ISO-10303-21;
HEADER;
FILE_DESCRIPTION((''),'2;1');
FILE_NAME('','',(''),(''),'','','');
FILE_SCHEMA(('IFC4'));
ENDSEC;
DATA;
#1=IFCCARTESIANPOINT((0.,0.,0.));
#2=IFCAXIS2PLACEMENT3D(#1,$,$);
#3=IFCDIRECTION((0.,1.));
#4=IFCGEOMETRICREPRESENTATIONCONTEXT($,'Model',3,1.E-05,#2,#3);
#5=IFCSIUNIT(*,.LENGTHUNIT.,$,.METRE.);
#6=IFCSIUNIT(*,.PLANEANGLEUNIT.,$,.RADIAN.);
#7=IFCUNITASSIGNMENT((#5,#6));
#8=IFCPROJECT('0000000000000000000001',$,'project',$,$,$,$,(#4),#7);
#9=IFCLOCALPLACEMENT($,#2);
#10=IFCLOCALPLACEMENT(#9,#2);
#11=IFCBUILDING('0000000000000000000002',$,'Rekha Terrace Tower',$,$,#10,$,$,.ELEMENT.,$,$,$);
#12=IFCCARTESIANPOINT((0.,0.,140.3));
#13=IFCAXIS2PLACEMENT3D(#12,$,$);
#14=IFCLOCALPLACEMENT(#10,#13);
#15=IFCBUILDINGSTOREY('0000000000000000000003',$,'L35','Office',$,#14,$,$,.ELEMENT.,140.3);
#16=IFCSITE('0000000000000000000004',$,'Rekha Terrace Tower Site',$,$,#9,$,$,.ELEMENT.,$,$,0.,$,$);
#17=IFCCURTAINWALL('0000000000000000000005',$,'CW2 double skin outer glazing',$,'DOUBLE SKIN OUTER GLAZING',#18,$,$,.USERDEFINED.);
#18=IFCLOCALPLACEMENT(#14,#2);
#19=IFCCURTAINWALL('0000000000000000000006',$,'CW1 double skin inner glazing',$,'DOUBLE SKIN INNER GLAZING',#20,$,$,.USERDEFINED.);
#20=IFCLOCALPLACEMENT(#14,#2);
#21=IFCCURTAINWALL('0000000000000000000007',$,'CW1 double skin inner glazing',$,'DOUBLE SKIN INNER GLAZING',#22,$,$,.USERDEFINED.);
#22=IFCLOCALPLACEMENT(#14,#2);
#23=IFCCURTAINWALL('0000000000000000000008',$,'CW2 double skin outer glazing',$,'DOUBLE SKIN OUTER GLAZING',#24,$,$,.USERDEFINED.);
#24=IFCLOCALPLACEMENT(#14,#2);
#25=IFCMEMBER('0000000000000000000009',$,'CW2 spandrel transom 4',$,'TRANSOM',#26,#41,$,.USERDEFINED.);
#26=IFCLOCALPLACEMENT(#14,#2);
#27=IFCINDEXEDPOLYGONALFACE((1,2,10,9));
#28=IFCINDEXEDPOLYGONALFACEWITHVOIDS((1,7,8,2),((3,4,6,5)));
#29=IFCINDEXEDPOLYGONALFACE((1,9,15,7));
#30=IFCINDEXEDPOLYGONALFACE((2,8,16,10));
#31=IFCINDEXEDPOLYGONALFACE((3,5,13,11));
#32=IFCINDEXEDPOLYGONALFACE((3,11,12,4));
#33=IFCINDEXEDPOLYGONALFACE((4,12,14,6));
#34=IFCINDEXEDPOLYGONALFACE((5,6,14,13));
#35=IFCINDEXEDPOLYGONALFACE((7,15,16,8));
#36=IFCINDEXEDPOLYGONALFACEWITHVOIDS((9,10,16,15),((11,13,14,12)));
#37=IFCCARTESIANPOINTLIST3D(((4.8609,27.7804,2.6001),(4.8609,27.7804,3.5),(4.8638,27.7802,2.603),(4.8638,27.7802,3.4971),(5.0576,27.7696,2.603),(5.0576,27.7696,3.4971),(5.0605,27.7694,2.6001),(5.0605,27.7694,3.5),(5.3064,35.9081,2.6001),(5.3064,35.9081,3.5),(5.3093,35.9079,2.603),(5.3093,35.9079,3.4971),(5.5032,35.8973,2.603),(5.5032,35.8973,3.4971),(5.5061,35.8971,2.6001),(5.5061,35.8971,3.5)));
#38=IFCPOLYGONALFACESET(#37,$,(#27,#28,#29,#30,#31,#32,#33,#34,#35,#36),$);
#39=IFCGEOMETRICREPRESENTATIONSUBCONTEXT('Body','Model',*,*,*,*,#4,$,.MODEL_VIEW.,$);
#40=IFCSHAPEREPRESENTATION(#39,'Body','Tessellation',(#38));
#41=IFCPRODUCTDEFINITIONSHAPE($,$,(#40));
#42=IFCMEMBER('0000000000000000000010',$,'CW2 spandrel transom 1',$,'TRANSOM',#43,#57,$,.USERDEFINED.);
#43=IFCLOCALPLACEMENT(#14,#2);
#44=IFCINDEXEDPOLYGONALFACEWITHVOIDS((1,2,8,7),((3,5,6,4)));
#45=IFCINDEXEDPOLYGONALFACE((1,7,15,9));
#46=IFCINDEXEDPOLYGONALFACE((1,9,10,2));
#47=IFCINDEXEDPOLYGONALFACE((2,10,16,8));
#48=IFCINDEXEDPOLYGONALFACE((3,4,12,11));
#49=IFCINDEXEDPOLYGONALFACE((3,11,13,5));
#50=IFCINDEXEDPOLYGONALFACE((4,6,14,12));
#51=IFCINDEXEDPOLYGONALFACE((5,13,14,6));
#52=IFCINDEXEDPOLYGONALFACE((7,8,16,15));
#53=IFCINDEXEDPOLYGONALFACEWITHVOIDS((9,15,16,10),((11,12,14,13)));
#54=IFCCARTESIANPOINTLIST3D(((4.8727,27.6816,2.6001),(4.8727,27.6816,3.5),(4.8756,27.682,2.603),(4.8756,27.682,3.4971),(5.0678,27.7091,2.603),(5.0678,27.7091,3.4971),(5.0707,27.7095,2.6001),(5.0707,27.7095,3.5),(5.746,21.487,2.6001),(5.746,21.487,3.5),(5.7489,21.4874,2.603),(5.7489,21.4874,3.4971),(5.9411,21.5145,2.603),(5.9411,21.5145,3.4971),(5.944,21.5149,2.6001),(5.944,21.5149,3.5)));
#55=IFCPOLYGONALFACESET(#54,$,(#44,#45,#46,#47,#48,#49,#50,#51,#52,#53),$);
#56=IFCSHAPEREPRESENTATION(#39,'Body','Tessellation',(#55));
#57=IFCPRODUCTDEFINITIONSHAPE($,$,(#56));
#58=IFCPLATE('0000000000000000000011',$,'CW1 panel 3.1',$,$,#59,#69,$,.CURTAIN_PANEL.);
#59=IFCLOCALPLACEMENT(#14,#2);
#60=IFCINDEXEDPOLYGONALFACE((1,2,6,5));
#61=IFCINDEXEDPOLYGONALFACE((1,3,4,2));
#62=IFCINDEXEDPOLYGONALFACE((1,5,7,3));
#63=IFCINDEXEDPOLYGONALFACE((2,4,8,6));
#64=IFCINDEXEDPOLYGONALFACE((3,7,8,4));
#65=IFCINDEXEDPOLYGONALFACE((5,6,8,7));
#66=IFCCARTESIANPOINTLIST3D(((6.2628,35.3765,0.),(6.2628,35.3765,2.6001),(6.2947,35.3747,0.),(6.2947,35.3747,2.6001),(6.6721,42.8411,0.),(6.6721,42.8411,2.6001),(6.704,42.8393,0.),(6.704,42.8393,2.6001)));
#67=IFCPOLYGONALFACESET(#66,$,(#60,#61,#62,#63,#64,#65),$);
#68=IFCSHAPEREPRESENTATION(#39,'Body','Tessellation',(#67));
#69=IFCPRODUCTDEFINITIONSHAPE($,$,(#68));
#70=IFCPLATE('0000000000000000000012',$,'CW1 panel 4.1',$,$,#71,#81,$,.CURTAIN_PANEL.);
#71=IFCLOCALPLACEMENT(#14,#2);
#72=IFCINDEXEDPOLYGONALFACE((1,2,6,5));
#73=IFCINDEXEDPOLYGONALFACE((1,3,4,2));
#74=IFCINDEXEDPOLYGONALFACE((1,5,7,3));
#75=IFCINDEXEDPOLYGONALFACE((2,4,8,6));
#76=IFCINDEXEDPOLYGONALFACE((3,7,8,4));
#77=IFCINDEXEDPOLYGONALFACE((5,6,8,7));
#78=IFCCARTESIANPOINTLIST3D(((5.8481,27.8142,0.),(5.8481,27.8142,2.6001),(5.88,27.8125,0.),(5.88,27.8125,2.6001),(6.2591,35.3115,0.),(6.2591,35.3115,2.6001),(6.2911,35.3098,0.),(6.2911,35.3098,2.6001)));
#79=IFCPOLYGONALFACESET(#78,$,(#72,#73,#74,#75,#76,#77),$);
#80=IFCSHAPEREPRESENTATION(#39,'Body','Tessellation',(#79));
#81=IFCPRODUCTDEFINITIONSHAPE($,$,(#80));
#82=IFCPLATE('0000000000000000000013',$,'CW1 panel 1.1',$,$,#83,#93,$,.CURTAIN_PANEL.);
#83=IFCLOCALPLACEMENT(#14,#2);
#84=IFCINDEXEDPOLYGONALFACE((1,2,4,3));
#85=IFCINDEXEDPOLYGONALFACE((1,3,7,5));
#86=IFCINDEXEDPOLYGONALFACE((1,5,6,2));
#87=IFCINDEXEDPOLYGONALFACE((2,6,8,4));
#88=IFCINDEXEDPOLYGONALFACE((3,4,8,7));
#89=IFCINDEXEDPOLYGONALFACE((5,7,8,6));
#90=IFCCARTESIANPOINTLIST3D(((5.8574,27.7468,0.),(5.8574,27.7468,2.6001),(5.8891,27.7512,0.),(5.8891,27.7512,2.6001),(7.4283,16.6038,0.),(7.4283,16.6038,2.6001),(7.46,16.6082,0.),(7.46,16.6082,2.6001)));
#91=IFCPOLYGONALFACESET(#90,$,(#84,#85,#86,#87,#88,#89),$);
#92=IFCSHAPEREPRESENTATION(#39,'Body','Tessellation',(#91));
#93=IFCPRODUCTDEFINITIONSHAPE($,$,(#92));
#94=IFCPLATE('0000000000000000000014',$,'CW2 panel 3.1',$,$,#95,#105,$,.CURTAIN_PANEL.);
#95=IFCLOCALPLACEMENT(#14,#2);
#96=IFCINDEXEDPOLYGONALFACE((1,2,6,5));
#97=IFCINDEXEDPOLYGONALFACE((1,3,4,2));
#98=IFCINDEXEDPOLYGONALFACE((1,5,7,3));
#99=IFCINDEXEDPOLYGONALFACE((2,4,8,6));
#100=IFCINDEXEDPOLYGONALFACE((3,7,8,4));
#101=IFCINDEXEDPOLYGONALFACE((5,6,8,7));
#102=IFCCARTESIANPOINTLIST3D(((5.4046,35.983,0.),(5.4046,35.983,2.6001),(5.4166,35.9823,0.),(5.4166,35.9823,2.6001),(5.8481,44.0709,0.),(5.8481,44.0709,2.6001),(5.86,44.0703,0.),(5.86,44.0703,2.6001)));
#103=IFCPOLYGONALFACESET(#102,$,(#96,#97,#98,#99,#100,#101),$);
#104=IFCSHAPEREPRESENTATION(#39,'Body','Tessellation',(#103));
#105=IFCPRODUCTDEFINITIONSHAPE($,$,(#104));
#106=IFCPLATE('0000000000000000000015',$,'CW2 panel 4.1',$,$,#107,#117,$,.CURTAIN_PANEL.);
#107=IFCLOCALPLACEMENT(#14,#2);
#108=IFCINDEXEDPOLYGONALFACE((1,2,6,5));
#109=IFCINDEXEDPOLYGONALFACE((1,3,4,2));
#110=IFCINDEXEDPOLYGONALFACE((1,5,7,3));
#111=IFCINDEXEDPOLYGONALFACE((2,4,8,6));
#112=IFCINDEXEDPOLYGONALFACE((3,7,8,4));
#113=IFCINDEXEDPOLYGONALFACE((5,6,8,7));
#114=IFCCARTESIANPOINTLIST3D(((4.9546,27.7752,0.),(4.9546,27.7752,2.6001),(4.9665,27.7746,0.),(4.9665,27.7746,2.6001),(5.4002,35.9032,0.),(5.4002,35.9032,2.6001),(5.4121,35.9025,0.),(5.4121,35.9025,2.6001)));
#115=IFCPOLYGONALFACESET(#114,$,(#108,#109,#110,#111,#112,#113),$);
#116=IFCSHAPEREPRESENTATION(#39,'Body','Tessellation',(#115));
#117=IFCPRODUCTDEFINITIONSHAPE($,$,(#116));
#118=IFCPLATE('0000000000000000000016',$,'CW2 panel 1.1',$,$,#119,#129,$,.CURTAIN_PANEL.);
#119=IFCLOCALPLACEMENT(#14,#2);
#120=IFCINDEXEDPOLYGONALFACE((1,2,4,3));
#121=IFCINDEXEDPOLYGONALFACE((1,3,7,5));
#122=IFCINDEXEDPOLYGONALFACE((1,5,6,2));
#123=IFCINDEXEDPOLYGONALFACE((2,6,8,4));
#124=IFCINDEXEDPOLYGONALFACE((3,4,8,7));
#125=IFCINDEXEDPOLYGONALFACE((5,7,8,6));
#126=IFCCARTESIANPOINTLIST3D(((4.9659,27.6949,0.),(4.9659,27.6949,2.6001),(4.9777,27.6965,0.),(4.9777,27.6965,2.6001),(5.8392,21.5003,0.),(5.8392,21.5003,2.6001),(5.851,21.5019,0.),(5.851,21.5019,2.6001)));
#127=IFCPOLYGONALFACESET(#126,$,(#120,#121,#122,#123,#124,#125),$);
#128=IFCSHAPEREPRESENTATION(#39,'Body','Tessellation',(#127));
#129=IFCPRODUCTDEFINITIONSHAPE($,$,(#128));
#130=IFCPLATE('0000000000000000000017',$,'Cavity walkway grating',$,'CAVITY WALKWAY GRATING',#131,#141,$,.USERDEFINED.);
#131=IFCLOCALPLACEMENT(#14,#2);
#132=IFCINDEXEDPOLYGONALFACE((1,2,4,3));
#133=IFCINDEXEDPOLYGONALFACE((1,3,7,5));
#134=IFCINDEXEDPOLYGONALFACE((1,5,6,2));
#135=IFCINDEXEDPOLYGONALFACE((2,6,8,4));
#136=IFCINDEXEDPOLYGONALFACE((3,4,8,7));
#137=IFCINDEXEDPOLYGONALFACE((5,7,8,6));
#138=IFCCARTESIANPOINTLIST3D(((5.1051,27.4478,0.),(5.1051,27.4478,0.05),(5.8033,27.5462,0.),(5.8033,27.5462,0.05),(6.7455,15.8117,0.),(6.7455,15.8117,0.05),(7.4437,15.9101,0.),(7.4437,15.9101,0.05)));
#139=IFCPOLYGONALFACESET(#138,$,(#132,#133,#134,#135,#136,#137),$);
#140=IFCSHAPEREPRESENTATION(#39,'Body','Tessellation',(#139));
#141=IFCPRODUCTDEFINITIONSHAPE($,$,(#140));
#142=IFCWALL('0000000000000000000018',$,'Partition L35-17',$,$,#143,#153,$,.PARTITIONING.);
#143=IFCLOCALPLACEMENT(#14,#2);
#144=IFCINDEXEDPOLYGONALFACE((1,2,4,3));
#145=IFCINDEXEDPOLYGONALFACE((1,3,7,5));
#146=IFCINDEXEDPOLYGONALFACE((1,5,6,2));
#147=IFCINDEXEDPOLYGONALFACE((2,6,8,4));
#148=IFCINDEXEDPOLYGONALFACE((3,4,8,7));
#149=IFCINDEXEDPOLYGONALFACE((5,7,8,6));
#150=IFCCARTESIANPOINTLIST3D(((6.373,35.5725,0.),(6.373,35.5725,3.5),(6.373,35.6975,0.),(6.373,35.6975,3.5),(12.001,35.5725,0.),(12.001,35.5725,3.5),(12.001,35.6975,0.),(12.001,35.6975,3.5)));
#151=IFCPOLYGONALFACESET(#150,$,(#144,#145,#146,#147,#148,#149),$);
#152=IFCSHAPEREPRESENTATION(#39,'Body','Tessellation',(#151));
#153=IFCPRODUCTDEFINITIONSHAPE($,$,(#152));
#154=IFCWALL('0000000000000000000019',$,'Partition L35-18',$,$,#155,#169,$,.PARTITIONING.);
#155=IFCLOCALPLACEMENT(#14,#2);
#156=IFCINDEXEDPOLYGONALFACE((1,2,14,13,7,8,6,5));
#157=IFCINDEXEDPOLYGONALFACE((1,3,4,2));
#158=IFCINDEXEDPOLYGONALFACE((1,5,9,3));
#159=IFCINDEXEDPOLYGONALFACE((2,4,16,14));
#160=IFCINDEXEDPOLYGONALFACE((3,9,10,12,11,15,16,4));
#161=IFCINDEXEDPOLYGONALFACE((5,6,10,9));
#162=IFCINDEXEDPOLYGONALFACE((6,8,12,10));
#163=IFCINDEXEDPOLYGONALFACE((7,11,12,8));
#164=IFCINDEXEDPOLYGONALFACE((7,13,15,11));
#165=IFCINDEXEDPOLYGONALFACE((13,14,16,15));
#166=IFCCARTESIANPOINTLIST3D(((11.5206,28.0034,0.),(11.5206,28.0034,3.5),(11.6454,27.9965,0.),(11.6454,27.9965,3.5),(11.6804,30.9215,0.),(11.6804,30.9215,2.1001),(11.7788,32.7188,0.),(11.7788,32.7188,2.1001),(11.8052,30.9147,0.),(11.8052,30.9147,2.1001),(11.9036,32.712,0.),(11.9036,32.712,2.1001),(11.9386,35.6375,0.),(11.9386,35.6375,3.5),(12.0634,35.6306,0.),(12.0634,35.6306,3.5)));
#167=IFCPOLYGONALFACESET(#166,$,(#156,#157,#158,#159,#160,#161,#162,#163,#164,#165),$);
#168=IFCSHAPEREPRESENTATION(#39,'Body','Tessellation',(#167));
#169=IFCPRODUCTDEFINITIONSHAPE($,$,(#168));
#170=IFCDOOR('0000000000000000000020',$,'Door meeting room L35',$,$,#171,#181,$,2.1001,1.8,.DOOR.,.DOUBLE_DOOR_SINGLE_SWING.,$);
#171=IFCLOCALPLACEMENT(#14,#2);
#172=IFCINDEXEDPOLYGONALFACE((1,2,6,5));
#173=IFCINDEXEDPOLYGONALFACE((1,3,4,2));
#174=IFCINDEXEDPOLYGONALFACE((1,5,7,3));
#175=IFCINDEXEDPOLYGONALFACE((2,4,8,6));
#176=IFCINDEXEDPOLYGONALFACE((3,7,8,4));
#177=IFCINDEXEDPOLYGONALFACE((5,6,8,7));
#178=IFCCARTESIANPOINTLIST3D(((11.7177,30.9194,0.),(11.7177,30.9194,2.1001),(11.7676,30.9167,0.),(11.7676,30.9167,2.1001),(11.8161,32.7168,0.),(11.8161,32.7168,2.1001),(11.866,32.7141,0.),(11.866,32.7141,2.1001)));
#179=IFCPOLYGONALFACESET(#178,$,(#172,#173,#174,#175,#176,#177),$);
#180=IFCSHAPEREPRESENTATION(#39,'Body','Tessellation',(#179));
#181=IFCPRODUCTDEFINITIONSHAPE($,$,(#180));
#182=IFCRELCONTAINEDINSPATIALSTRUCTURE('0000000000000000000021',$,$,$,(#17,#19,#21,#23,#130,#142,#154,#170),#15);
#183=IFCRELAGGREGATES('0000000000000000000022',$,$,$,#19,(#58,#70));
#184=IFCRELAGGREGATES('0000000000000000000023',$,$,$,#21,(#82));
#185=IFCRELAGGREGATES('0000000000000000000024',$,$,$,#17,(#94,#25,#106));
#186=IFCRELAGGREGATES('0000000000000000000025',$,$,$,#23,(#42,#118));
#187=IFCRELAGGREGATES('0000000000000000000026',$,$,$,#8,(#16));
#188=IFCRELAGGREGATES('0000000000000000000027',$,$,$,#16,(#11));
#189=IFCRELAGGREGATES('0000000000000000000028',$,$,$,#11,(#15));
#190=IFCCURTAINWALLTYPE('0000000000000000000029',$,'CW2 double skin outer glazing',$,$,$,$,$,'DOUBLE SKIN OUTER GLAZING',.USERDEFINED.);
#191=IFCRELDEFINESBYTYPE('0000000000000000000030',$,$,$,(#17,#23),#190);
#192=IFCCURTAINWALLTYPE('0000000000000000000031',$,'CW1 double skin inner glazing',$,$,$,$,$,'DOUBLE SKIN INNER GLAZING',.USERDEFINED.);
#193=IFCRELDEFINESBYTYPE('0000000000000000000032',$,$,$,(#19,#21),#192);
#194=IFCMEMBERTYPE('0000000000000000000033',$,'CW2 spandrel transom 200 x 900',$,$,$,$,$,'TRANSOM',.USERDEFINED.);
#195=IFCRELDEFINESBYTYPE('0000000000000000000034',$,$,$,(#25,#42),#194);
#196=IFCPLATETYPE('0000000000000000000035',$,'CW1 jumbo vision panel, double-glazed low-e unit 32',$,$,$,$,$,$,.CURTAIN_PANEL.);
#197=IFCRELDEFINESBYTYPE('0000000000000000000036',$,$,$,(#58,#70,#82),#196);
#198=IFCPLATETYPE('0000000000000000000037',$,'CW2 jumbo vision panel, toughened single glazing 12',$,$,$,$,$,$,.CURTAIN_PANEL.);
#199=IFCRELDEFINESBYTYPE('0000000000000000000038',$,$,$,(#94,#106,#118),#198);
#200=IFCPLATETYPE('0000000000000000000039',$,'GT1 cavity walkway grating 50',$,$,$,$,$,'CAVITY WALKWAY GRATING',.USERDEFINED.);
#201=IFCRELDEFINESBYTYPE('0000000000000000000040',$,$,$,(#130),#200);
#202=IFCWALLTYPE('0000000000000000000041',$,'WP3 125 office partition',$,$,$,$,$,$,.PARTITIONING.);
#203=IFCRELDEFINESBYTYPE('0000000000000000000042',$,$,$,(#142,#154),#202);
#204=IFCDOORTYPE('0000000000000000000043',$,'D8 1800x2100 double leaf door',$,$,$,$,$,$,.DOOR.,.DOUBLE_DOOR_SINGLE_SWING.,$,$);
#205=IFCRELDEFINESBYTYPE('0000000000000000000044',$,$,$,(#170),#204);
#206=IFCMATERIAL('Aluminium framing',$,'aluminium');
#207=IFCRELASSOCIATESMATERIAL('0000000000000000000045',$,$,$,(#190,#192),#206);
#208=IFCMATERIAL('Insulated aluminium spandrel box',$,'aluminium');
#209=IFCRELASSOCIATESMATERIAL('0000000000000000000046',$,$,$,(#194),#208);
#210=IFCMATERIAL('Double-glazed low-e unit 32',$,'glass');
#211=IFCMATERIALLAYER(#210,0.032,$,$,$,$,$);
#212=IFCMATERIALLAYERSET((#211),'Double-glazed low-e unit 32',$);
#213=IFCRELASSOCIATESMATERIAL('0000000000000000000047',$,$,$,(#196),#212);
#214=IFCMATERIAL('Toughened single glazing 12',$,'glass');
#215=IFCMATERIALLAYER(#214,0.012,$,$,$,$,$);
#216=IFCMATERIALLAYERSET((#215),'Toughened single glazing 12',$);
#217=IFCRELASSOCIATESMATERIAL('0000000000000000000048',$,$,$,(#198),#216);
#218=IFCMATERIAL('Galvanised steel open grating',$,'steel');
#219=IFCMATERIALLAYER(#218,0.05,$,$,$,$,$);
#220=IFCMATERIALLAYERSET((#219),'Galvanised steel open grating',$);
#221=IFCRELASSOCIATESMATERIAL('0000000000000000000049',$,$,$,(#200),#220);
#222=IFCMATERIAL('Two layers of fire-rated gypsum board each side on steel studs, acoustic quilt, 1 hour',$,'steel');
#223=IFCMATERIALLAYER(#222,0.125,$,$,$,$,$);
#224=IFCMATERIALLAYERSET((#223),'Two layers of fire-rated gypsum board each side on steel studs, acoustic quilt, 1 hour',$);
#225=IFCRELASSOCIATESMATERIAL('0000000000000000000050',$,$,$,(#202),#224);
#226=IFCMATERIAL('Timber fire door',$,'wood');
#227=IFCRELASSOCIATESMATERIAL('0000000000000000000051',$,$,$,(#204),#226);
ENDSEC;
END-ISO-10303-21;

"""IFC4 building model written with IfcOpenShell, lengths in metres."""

from ifc_helpers import new_model, si_unit, direction, frame, frame_2d, origin, origin_2d, place, context, subcontext, project, spatial, rectangle, hollow_rectangle, extrude, material, layer, layer_set, material_profile, profile_set, type_object, element, fill, aggregate, save


model = new_model("IFC4")

# Units and contexts
model_context = context("Model", 3, precision=1e-05, world=origin(), true_north=direction((0.0, 1.0)))
body_context = subcontext(model_context, "Body", "Model", "MODEL_VIEW")
ifc_project = project(units=[si_unit("LENGTHUNIT", "METRE"), si_unit("PLANEANGLEUNIT", "RADIAN")], contexts=[model_context])

# Site, building, storey
site_placement = place(None, origin())
site = spatial("IfcSite", under=ifc_project, at=site_placement, Name="Rekha Terrace Tower Site", CompositionType="ELEMENT", RefElevation=0.0)
building_placement = place(site_placement, origin())
building = spatial("IfcBuilding", under=site, at=building_placement, Name="Rekha Terrace Tower", CompositionType="ELEMENT")
storey_placement = place(building_placement, frame((0.0, 0.0, 140.3)))
storey = spatial("IfcBuildingStorey", under=building, at=storey_placement, Name="L35", Description="Office", CompositionType="ELEMENT", Elevation=140.3)

# Curtain walls
ifc_material_1 = material(Name="Aluminium framing", Category="aluminium")
curtain_wall_type_1 = type_object("IfcCurtainWallType", Name="CW2 double skin outer glazing", ElementType="DOUBLE SKIN OUTER GLAZING", PredefinedType="USERDEFINED", material=ifc_material_1)
curtain_wall_1_placement = place(storey_placement, origin())
curtain_wall_1 = element("IfcCurtainWall", 1, at=curtain_wall_1_placement, inside=storey, type_object=curtain_wall_type_1, Name="CW2 double skin outer glazing", ObjectType="DOUBLE SKIN OUTER GLAZING", PredefinedType="USERDEFINED")
curtain_wall_type_2 = type_object("IfcCurtainWallType", Name="CW1 double skin inner glazing", ElementType="DOUBLE SKIN INNER GLAZING", PredefinedType="USERDEFINED", material=ifc_material_1)
curtain_wall_2_placement = place(storey_placement, origin())
curtain_wall_2 = element("IfcCurtainWall", 2, at=curtain_wall_2_placement, inside=storey, type_object=curtain_wall_type_2, Name="CW1 double skin inner glazing", ObjectType="DOUBLE SKIN INNER GLAZING", PredefinedType="USERDEFINED")
curtain_wall_3_placement = place(storey_placement, origin())
curtain_wall_3 = element("IfcCurtainWall", 3, at=curtain_wall_3_placement, inside=storey, type_object=curtain_wall_type_2, Name="CW1 double skin inner glazing", ObjectType="DOUBLE SKIN INNER GLAZING", PredefinedType="USERDEFINED")

# Shared definitions
ifc_material_2 = material(Name="Insulated aluminium spandrel box", Category="aluminium")

# Curtain wall
curtain_wall_4_placement = place(storey_placement, origin())
curtain_wall_4 = element("IfcCurtainWall", 4, at=curtain_wall_4_placement, inside=storey, type_object=curtain_wall_type_1, Name="CW2 double skin outer glazing", ObjectType="DOUBLE SKIN OUTER GLAZING", PredefinedType="USERDEFINED")

# Members
ifc_material_profile_1 = material_profile(ifc_material_2, hollow_rectangle(XDim=0.2, YDim=0.8999, WallThickness=0.0029, at=origin_2d()), Name="AL SPANDREL BOX 200x900")
ifc_profile_set_1 = profile_set([ifc_material_profile_1], Name="Insulated aluminium spandrel box")
member_type_1 = type_object("IfcMemberType", Name="CW2 spandrel transom 200 x 900", ElementType="TRANSOM", PredefinedType="USERDEFINED", material=ifc_profile_set_1)
member_1_placement = place(storey_placement, frame((5.4062, 35.9026, 3.05), z_axis=(-0.054737, -0.998501, 0.0), x_axis=(0.998501, -0.054737, 0.0)))
member_1 = element("IfcMember", 5, at=member_1_placement, type_object=member_type_1, Name="CW2 spandrel transom 4", ObjectType="TRANSOM", PredefinedType="USERDEFINED", context=body_context, shape_type="SweptSolid", body=[
    extrude(hollow_rectangle(XDim=0.2, YDim=0.8999, WallThickness=0.0029, at=origin_2d()), origin(), (0.0, 0.0, 1.0), 8.1399),
])
member_2_placement = place(storey_placement, frame((4.9717, 27.6956, 3.05), z_axis=(0.139596, -0.990209, 0.0), x_axis=(0.990209, 0.139596, 0.0)))
member_2 = element("IfcMember", 6, at=member_2_placement, type_object=member_type_1, Name="CW2 spandrel transom 1", ObjectType="TRANSOM", PredefinedType="USERDEFINED", context=body_context, shape_type="SweptSolid", body=[
    extrude(hollow_rectangle(XDim=0.2, YDim=0.8999, WallThickness=0.0029, at=origin_2d()), origin(), (0.0, 0.0, 1.0), 6.2559),
])

# Plates
ifc_material_3 = material(Name="Double-glazed low-e unit 32", Category="glass")
ifc_layer_1 = layer(ifc_material_3, 0.032)
ifc_layer_set_1 = layer_set([ifc_layer_1], Name="Double-glazed low-e unit 32")
plate_type_1 = type_object("IfcPlateType", Name="CW1 jumbo vision panel, double-glazed low-e unit 32", PredefinedType="CURTAIN_PANEL", material=ifc_layer_set_1)
plate_1_placement = place(storey_placement, frame((6.4834, 39.1079, 0.0), z_axis=(0.0, 0.0, 1.0), x_axis=(-0.054742, -0.998501, 0.0)))
plate_1 = element("IfcPlate", 7, at=plate_1_placement, type_object=plate_type_1, Name="CW1 panel 3.1", PredefinedType="CURTAIN_PANEL", context=body_context, shape_type="SweptSolid", body=[
    extrude(rectangle(XDim=7.4758, YDim=0.032, at=origin_2d()), origin(), (0.0, 0.0, 1.0), 2.6001),
])
plate_2_placement = place(storey_placement, frame((6.0696, 31.562, 0.0), z_axis=(0.0, 0.0, 1.0), x_axis=(-0.054742, -0.998501, 0.0)))
plate_2 = element("IfcPlate", 8, at=plate_2_placement, type_object=plate_type_1, Name="CW1 panel 4.1", PredefinedType="CURTAIN_PANEL", context=body_context, shape_type="SweptSolid", body=[
    extrude(rectangle(XDim=7.5085, YDim=0.032, at=origin_2d()), origin(), (0.0, 0.0, 1.0), 2.6001),
])
aggregate(curtain_wall_2, [plate_1, plate_2])
plate_3_placement = place(storey_placement, frame((6.6587, 22.1775, 0.0), z_axis=(0.0, 0.0, 1.0), x_axis=(0.139597, -0.990208, 0.0)))
plate_3 = element("IfcPlate", 9, at=plate_3_placement, type_object=plate_type_1, Name="CW1 panel 1.1", PredefinedType="CURTAIN_PANEL", context=body_context, shape_type="SweptSolid", body=[
    extrude(rectangle(XDim=11.2532, YDim=0.032, at=origin_2d()), origin(), (0.0, 0.0, 1.0), 2.6001),
])
aggregate(curtain_wall_3, [plate_3])
ifc_material_4 = material(Name="Toughened single glazing 12", Category="glass")
ifc_layer_2 = layer(ifc_material_4, 0.012)
ifc_layer_set_2 = layer_set([ifc_layer_2], Name="Toughened single glazing 12")
plate_type_2 = type_object("IfcPlateType", Name="CW2 jumbo vision panel, toughened single glazing 12", PredefinedType="CURTAIN_PANEL", material=ifc_layer_set_2)
plate_4_placement = place(storey_placement, frame((5.6323, 40.0266, 0.0), z_axis=(0.0, 0.0, 1.0), x_axis=(-0.054742, -0.998501, 0.0)))
plate_4 = element("IfcPlate", 10, at=plate_4_placement, type_object=plate_type_2, Name="CW2 panel 3.1", PredefinedType="CURTAIN_PANEL", context=body_context, shape_type="SweptSolid", body=[
    extrude(rectangle(XDim=8.1001, YDim=0.012, at=origin_2d()), origin(), (0.0, 0.0, 1.0), 2.6001),
])
plate_5_placement = place(storey_placement, frame((5.1833, 31.8389, 0.0), z_axis=(0.0, 0.0, 1.0), x_axis=(-0.054742, -0.998501, 0.0)))
plate_5 = element("IfcPlate", 11, at=plate_5_placement, type_object=plate_type_2, Name="CW2 panel 4.1", PredefinedType="CURTAIN_PANEL", context=body_context, shape_type="SweptSolid", body=[
    extrude(rectangle(XDim=8.1401, YDim=0.012, at=origin_2d()), origin(), (0.0, 0.0, 1.0), 2.6001),
])
aggregate(curtain_wall_1, [plate_4, member_1, plate_5])
plate_6_placement = place(storey_placement, frame((5.4084, 24.5984, 0.0), z_axis=(0.0, 0.0, 1.0), x_axis=(0.139597, -0.990208, 0.0)))
plate_6 = element("IfcPlate", 12, at=plate_6_placement, type_object=plate_type_2, Name="CW2 panel 1.1", PredefinedType="CURTAIN_PANEL", context=body_context, shape_type="SweptSolid", body=[
    extrude(rectangle(XDim=6.2559, YDim=0.012, at=origin_2d()), origin(), (0.0, 0.0, 1.0), 2.6001),
])
aggregate(curtain_wall_4, [member_2, plate_6])
ifc_material_5 = material(Name="Galvanised steel open grating", Category="steel")
ifc_layer_3 = layer(ifc_material_5, 0.05)
ifc_layer_set_3 = layer_set([ifc_layer_3], Name="Galvanised steel open grating")
plate_type_3 = type_object("IfcPlateType", Name="GT1 cavity walkway grating 50", ElementType="CAVITY WALKWAY GRATING", PredefinedType="USERDEFINED", material=ifc_layer_set_3)
plate_7_placement = place(storey_placement, frame((6.2744, 21.679, 0.0), z_axis=(0.0, 0.0, 1.0), x_axis=(0.139597, -0.990208, 0.0)))
element("IfcPlate", 13, at=plate_7_placement, inside=storey, type_object=plate_type_3, Name="Cavity walkway grating", ObjectType="CAVITY WALKWAY GRATING", PredefinedType="USERDEFINED", context=body_context, shape_type="SweptSolid", body=[
    extrude(rectangle(XDim=11.7512, YDim=0.7051, at=origin_2d()), origin(), (0.0, 0.0, 1.0), 0.05),
])

# Wall
ifc_material_6 = material(Name="Two layers of fire-rated gypsum board each side on steel studs, acoustic quilt, 1 hour", Category="steel")
ifc_layer_4 = layer(ifc_material_6, 0.125)
ifc_layer_set_4 = layer_set([ifc_layer_4], Name="Two layers of fire-rated gypsum board each side on steel studs, acoustic quilt, 1 hour")
wall_type = type_object("IfcWallType", Name="WP3 125 office partition", PredefinedType="PARTITIONING", material=ifc_layer_set_4)
wall_1_placement = place(storey_placement, frame((12.001, 35.635, 0.0), z_axis=(0.0, 0.0, 1.0), x_axis=(-1.0, 0.0, 0.0)))
element("IfcWall", 14, at=wall_1_placement, inside=storey, type_object=wall_type, Name="Partition L35-17", PredefinedType="PARTITIONING", context=body_context, shape_type="SweptSolid", body=[
    extrude(rectangle(XDim=5.6279, YDim=0.125, at=frame_2d((2.814, 0.0))), origin(), (0.0, 0.0, 1.0), 3.5),
])

# Wall, opening, door
wall_2_placement = place(storey_placement, frame((12.001, 35.634, 0.0), z_axis=(0.0, 0.0, 1.0), x_axis=(-0.054669, -0.998505, 0.0)))
wall_2 = element("IfcWall", 15, at=wall_2_placement, inside=storey, type_object=wall_type, Name="Partition L35-18", PredefinedType="PARTITIONING", context=body_context, shape_type="SweptSolid", body=[
    extrude(rectangle(XDim=7.6455, YDim=0.125, at=frame_2d((3.8228, 0.0))), origin(), (0.0, 0.0, 1.0), 3.5),
])
opening_1_placement = place(wall_2_placement, frame((2.9231, 0.0, 0.0)))
opening_1 = element("IfcOpeningElement", 16, at=opening_1_placement, cuts=wall_2, PredefinedType="OPENING", context=body_context, shape_type="SweptSolid", body=[
    extrude(rectangle(XDim=1.8, YDim=2.1001, at=frame_2d((0.8999, 1.05))), frame((0.0, 0.0725, 0.0), z_axis=(0.0, -1.0, 0.0), x_axis=(1.0, 0.0, 0.0)), (0.0, 0.0, 1.0), 0.145),
])
ifc_material_7 = material(Name="Timber fire door", Category="wood")
door_type_1 = type_object("IfcDoorType", Name="D8 1800x2100 double leaf door", OperationType="DOUBLE_DOOR_SINGLE_SWING", PredefinedType="DOOR", material=ifc_material_7)
door_1_placement = place(opening_1_placement, origin())
door_1 = element("IfcDoor", 17, at=door_1_placement, inside=storey, type_object=door_type_1, Name="Door meeting room L35", OperationType="DOUBLE_DOOR_SINGLE_SWING", OverallHeight=2.1001, OverallWidth=1.8, PredefinedType="DOOR", context=body_context, shape_type="SweptSolid", body=[
    extrude(rectangle(XDim=1.8, YDim=2.1001, at=frame_2d((0.8999, 1.05))), frame((0.0, 0.0249, 0.0), z_axis=(0.0, -1.0, 0.0), x_axis=(1.0, 0.0, 0.0)), (0.0, 0.0, 1.0), 0.05),
])
fill(opening_1, door_1)

save(model, "model.ifc")
